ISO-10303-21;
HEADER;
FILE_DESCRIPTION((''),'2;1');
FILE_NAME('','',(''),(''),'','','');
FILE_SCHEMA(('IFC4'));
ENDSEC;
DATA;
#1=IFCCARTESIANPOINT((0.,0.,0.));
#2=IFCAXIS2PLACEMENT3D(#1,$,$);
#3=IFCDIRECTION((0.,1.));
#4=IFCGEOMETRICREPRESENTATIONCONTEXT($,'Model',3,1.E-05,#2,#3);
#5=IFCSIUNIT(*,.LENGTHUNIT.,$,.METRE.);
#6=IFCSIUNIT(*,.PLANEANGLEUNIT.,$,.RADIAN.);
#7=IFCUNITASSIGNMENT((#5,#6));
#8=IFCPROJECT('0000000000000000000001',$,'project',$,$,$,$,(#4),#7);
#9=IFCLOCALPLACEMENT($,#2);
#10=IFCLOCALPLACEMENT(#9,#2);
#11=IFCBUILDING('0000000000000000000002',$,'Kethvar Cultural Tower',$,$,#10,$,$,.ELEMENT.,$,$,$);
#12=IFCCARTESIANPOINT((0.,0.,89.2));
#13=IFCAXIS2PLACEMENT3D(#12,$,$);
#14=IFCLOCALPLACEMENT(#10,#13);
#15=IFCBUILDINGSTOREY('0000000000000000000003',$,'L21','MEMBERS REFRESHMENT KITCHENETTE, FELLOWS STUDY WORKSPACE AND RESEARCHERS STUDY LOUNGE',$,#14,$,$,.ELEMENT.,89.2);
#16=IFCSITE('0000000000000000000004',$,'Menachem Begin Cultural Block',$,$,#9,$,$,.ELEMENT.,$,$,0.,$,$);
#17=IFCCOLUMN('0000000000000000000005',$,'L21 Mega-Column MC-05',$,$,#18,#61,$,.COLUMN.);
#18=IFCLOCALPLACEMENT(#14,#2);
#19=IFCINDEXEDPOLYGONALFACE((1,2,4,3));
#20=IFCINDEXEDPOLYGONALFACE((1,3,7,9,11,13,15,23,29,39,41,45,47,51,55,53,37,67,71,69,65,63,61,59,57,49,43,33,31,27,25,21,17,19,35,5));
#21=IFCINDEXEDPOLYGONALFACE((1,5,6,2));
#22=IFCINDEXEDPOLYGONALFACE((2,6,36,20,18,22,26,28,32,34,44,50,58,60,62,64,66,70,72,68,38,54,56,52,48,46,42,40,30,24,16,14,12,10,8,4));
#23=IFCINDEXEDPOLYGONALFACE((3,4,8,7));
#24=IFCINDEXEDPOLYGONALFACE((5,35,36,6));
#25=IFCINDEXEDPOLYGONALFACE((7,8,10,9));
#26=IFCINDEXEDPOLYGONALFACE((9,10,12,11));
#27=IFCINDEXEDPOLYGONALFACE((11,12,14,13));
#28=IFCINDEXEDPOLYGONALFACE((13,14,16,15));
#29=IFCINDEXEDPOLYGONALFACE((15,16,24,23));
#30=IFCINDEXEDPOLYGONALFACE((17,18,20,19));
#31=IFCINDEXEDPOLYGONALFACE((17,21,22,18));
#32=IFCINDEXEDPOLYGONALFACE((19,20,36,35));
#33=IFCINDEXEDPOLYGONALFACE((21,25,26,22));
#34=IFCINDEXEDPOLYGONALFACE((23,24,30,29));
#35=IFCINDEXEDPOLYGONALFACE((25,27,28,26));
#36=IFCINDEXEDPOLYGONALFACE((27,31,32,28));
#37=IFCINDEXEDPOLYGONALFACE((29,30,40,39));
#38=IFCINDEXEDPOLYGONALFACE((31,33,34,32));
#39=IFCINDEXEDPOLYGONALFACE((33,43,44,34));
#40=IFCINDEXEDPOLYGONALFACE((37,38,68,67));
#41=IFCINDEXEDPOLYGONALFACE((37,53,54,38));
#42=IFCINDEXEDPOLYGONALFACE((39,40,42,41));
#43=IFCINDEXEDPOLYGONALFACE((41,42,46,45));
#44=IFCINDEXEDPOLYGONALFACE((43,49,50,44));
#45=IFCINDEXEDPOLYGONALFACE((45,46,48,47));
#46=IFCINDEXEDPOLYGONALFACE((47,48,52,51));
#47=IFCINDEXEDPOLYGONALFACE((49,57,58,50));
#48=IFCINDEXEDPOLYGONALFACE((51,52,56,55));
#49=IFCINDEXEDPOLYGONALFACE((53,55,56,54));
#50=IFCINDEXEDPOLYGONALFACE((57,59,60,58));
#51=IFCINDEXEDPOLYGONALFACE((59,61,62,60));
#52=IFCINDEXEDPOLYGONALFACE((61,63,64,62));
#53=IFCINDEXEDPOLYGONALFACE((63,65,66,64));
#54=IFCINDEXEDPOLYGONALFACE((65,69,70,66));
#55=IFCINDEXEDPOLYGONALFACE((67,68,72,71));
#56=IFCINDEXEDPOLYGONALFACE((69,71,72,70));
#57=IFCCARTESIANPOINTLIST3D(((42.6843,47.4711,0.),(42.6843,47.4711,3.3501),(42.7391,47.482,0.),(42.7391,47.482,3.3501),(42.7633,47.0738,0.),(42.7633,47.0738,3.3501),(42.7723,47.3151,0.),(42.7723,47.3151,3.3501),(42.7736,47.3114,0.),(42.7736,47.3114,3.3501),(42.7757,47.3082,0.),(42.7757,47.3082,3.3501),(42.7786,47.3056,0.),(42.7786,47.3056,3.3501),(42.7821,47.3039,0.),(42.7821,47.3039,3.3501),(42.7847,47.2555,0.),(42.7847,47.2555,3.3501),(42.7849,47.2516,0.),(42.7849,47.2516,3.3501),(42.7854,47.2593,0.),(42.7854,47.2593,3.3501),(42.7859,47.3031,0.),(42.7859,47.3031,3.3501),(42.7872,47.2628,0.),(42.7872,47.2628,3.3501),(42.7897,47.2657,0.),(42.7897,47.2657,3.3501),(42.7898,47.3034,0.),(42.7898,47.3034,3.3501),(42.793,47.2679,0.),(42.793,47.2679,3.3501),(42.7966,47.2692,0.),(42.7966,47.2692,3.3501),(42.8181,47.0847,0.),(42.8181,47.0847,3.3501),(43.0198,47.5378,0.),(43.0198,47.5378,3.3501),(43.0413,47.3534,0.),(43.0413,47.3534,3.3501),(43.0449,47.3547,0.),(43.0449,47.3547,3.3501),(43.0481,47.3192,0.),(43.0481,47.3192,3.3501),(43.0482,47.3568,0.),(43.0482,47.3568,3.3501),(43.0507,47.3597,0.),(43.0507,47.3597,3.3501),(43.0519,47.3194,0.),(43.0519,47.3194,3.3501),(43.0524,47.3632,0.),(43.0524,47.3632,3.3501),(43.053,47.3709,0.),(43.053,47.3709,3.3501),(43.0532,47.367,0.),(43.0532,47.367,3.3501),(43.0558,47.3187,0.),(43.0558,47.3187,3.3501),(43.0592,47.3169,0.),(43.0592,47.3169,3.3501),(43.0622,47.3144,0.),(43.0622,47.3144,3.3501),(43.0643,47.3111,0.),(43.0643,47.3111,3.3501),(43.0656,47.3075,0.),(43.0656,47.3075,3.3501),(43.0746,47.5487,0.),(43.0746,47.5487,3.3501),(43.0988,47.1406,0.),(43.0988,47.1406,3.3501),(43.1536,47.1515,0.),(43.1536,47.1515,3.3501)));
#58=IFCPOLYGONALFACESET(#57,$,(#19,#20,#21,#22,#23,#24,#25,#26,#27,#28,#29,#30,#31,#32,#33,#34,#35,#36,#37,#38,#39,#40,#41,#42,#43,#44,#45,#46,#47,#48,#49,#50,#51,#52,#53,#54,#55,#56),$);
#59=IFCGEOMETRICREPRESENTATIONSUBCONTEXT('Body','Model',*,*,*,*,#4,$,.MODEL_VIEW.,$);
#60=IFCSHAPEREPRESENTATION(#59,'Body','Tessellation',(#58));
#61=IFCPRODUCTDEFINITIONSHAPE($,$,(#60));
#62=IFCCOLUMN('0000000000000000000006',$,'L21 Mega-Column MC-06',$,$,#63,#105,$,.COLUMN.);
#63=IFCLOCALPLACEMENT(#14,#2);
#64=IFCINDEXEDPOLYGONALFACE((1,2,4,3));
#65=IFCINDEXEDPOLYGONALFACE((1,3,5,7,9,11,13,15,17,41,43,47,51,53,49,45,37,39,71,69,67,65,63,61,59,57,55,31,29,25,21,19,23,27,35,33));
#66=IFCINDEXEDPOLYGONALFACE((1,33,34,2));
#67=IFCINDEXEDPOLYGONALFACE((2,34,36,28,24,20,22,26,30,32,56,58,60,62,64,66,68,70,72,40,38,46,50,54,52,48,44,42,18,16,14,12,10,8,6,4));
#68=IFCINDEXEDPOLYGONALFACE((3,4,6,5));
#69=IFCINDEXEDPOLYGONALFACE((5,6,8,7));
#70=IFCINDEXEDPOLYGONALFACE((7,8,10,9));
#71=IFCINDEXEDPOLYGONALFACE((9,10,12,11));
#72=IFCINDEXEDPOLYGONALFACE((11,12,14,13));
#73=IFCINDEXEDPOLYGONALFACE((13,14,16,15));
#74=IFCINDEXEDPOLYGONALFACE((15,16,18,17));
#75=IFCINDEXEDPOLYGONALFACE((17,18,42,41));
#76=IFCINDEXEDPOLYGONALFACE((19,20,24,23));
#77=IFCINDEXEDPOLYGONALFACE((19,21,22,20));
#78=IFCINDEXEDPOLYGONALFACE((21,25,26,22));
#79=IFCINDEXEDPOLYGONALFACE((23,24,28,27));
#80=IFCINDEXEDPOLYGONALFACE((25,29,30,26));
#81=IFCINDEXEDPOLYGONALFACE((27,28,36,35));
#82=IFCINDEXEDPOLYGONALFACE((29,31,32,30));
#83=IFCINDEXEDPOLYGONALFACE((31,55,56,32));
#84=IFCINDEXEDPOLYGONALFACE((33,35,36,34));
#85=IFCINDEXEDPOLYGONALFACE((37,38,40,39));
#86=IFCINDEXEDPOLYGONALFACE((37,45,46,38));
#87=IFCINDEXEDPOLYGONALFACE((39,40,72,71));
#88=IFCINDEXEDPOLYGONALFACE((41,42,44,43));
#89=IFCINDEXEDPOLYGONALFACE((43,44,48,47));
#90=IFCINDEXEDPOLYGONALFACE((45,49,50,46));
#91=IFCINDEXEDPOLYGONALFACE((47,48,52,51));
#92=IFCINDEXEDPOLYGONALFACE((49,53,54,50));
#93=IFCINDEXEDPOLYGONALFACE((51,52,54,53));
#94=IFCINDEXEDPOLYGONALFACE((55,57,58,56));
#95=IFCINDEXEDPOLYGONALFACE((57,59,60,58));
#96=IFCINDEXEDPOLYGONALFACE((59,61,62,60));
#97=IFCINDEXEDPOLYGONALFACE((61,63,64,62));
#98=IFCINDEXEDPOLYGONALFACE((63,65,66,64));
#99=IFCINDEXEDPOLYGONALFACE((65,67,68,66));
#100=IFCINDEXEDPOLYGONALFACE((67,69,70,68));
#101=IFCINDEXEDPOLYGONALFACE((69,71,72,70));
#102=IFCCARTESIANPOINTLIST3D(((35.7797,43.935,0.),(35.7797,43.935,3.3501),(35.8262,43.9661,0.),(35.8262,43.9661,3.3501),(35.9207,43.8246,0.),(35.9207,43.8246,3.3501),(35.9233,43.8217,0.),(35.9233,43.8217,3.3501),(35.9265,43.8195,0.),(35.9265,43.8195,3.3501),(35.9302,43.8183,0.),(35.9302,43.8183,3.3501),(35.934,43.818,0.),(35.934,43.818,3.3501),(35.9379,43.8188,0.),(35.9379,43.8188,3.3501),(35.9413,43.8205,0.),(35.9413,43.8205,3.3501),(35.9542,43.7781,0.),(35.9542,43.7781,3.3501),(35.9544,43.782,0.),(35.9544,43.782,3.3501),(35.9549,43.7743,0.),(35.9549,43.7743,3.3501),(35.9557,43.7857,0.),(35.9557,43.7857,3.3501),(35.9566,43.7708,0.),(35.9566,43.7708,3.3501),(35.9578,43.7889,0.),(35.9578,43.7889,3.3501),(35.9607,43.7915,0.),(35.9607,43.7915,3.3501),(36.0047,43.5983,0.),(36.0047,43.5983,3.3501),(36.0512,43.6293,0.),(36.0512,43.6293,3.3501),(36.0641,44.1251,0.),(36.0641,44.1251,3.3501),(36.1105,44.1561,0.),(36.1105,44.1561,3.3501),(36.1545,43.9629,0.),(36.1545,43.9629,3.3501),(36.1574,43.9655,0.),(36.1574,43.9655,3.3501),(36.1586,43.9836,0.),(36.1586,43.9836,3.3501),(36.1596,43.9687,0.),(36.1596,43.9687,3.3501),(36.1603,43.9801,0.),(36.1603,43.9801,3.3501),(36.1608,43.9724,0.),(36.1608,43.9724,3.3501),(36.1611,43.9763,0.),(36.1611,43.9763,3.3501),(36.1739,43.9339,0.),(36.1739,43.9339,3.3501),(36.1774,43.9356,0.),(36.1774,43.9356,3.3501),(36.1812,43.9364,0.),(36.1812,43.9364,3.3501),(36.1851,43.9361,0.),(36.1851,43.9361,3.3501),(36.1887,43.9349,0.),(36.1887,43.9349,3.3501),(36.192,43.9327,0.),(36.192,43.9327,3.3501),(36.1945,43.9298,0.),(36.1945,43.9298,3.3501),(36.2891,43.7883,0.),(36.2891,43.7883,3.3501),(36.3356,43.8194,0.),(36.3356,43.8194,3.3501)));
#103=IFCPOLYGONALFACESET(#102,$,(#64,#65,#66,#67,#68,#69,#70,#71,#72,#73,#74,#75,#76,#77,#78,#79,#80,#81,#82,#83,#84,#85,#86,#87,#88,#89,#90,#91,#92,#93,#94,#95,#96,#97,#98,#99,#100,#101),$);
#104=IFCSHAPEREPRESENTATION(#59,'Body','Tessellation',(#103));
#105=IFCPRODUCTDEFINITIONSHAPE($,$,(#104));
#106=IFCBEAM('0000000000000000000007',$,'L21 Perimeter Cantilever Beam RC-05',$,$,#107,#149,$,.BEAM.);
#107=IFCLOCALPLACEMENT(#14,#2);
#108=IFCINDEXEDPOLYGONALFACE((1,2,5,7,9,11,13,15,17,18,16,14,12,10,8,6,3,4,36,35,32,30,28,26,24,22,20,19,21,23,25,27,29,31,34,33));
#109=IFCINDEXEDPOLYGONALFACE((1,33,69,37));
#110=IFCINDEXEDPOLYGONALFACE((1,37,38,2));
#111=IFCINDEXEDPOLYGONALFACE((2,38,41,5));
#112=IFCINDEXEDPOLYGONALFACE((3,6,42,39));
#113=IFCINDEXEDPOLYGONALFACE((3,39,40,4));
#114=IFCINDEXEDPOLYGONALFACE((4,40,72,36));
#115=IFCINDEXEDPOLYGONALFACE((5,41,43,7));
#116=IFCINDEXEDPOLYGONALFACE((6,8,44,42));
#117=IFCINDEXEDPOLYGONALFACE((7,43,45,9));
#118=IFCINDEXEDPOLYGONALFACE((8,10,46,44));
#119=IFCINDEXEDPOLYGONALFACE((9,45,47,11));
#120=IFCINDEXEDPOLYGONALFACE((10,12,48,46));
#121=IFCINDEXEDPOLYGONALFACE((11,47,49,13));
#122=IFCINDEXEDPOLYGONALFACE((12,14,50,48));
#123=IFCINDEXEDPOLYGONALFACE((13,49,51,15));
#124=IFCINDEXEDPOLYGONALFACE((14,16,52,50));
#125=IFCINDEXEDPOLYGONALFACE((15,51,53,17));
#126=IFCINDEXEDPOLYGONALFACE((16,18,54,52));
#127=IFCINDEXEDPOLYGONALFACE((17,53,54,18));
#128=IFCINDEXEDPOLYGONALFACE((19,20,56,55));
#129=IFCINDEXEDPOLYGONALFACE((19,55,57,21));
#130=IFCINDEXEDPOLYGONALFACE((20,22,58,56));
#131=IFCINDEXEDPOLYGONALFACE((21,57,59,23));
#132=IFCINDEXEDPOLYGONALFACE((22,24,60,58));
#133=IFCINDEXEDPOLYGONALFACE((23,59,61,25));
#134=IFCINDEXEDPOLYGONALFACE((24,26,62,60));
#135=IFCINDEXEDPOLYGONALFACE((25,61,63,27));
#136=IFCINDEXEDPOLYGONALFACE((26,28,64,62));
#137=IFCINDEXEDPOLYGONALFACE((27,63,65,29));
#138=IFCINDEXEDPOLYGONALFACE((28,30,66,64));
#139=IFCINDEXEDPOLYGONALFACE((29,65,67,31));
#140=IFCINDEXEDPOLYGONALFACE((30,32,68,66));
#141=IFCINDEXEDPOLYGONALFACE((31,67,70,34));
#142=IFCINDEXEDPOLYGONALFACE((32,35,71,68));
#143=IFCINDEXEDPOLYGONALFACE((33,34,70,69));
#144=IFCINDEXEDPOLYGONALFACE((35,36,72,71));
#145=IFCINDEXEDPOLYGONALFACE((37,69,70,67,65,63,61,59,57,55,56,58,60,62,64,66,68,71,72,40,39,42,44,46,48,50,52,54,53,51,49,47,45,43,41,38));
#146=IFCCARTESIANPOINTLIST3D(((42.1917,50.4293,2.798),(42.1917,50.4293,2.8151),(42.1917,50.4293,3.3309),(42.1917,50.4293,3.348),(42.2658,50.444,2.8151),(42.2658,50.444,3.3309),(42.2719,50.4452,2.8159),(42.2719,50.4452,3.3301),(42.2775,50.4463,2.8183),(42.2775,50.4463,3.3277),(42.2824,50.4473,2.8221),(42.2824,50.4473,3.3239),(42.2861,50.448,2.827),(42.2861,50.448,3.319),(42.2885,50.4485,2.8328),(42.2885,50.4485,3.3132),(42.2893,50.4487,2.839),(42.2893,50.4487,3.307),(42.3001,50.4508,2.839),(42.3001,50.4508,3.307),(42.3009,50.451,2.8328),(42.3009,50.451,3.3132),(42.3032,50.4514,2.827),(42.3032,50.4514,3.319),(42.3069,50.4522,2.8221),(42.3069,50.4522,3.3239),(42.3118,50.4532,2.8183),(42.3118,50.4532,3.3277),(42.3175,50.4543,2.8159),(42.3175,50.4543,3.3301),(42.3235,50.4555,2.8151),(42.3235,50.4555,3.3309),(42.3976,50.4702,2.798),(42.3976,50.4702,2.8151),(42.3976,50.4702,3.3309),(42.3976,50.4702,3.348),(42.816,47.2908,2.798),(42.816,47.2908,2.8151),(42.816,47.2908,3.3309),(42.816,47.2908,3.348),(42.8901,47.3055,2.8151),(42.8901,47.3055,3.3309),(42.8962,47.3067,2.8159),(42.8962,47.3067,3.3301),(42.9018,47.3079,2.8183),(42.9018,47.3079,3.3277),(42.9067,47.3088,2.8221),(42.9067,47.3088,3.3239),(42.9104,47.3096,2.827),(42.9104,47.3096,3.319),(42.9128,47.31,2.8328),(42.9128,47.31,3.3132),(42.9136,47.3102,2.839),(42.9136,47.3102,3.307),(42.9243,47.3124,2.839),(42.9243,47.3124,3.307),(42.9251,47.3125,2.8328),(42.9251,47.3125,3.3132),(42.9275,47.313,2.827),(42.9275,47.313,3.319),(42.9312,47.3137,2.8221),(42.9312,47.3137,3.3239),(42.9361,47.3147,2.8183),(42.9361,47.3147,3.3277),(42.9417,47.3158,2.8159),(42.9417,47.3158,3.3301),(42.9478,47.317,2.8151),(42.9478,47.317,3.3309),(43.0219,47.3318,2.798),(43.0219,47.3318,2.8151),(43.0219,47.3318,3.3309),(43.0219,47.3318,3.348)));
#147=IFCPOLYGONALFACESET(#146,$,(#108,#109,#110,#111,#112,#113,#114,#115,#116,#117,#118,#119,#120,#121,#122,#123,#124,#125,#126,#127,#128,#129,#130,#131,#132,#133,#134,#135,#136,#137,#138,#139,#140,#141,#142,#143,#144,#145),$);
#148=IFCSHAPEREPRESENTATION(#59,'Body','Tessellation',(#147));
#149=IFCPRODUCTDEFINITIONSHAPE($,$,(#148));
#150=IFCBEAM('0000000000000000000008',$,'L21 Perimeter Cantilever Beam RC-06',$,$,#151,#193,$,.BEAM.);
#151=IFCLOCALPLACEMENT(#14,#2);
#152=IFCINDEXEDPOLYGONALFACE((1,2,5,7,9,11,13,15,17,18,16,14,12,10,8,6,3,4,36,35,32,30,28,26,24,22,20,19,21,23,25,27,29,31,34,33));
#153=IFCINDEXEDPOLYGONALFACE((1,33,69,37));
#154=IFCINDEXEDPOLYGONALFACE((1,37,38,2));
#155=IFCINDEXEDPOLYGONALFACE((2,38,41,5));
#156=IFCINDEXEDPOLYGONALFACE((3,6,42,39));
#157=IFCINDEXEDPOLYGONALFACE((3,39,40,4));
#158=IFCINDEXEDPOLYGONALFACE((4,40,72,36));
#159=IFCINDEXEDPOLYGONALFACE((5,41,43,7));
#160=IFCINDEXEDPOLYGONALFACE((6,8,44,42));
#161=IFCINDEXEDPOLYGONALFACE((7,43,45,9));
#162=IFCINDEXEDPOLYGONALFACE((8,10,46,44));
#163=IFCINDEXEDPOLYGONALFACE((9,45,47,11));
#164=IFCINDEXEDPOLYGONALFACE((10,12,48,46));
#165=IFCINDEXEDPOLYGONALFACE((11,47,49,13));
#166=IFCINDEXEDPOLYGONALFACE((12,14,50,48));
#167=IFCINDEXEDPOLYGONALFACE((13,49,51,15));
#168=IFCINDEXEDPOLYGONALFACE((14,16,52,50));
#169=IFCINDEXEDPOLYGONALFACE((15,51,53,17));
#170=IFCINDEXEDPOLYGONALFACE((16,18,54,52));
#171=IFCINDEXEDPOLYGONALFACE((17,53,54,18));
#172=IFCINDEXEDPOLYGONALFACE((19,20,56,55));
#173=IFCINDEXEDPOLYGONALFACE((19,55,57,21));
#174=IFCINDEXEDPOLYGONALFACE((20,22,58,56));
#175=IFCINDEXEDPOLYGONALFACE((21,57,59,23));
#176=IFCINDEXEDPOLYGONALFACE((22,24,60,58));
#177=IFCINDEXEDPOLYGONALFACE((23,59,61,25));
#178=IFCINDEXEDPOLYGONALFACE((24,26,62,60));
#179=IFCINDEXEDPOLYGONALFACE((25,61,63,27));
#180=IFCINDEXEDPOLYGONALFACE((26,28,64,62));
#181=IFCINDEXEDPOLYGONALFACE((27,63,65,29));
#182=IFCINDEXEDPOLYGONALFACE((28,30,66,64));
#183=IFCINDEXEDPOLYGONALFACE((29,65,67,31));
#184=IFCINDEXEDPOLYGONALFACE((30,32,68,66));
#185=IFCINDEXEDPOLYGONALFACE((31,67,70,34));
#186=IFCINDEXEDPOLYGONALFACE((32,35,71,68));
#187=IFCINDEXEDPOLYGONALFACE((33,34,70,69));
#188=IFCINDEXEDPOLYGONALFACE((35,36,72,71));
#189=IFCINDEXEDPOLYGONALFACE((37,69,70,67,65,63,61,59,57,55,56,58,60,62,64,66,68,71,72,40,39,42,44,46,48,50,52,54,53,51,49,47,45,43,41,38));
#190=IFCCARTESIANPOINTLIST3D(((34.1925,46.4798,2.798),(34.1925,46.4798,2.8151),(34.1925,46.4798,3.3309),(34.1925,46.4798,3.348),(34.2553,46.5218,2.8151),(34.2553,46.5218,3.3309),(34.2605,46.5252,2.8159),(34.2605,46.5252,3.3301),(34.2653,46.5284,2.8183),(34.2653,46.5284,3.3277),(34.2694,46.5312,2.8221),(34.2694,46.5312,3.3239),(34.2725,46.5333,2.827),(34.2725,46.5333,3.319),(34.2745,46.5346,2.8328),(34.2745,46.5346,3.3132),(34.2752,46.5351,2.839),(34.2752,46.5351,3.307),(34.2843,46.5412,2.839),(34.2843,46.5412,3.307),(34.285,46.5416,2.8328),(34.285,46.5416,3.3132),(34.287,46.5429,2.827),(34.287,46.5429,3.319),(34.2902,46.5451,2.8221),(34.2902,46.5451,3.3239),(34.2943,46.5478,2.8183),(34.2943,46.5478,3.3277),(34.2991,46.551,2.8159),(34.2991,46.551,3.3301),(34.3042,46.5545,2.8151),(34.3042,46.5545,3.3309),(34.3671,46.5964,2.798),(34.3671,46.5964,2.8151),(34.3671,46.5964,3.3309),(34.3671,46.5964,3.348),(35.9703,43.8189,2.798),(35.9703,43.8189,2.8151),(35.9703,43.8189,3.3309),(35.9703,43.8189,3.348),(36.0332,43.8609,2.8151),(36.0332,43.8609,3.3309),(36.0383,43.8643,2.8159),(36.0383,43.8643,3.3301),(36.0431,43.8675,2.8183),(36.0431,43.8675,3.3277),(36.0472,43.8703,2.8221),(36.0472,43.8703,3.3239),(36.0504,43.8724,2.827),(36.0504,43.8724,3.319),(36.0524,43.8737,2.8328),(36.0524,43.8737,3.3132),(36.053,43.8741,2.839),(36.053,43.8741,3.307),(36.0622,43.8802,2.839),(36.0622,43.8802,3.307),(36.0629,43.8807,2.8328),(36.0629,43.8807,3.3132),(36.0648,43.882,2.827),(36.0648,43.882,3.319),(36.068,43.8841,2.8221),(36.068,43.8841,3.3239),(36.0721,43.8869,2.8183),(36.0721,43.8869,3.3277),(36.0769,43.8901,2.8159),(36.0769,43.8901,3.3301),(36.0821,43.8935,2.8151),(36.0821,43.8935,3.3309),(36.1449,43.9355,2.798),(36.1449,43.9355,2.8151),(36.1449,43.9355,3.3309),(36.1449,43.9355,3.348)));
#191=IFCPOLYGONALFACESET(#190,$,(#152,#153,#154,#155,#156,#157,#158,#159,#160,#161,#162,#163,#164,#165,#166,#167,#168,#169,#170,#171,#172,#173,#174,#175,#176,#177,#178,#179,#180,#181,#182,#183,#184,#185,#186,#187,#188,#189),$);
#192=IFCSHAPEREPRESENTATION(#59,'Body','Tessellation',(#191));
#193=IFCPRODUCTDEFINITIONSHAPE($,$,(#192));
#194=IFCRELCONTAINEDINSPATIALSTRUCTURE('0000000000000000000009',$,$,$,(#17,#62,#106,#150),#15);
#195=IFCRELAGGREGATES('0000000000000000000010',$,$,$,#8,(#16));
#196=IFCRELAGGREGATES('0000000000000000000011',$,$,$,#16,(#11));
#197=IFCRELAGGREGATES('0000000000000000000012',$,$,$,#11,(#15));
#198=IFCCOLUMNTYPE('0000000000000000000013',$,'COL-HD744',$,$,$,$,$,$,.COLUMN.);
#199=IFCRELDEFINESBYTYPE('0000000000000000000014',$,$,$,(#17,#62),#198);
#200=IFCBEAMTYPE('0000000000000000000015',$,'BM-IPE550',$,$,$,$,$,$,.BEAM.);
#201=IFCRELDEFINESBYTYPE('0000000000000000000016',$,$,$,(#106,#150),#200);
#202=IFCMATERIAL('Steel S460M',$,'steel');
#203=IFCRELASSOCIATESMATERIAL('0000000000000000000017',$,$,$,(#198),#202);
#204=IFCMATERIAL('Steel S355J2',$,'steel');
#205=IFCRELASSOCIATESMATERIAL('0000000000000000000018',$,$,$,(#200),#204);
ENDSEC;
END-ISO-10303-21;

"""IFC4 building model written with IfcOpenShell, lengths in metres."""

from ifc_helpers import new_model, si_unit, direction, frame, origin, origin_2d, place, context, subcontext, project, spatial, i_section, extrude, source, transform, mapped, material, material_profile, profile_set, type_object, element, save


model = new_model("IFC4")

# Units and contexts
model_context = context("Model", 3, precision=1e-05, world=origin(), true_north=direction((0.0, 1.0)))
body_context = subcontext(model_context, "Body", "Model", "MODEL_VIEW")
ifc_project = project(units=[si_unit("LENGTHUNIT", "METRE"), si_unit("PLANEANGLEUNIT", "RADIAN")], contexts=[model_context])

# Site, building, storey
site_placement = place(None, origin())
site = spatial("IfcSite", under=ifc_project, at=site_placement, Name="Menachem Begin Cultural Block", CompositionType="ELEMENT", RefElevation=0.0)
building_placement = place(site_placement, origin())
building = spatial("IfcBuilding", under=site, at=building_placement, Name="Kethvar Cultural Tower", CompositionType="ELEMENT")
storey_placement = place(building_placement, frame((0.0, 0.0, 89.2)))
storey = spatial("IfcBuildingStorey", under=building, at=storey_placement, Name="L21", Description="MEMBERS REFRESHMENT KITCHENETTE, FELLOWS STUDY WORKSPACE AND RESEARCHERS STUDY LOUNGE", CompositionType="ELEMENT", Elevation=89.2)

# Columns
ifc_material_1 = material(Name="Steel S460M", Category="steel")
ifc_material_profile_1 = material_profile(ifc_material_1, i_section(OverallWidth=0.405, OverallDepth=0.3979, WebThickness=0.0349, FlangeThickness=0.0559, FilletRadius=0.0149, at=origin_2d()), Name="Steel S460M — HD400x744")
ifc_profile_set_1 = profile_set([ifc_material_profile_1], Name="Steel S460M — HD400x744")
column_type = type_object("IfcColumnType", Name="COL-HD744", PredefinedType="COLUMN", material=ifc_profile_set_1)
shared_shape_1 = source(origin(), body_context, "Body", "SweptSolid", [
    extrude(i_section(OverallWidth=0.405, OverallDepth=0.3979, WebThickness=0.0349, FlangeThickness=0.0559, FilletRadius=0.0149, at=origin_2d()), origin(), (0.0, 0.0, 1.0), 3.3501),
])
for number, where, z_axis, x_axis, name in (
    (1, (42.9189, 47.3113, 0.0), (0.0, 0.0, 1.0), (-0.19509, 0.980785, 0.0), "L21 Mega-Column MC-05"),
    (2, (36.0576, 43.8772, 0.0), (0.0, 0.0, 1.0), (-0.55557, 0.83147, 0.0), "L21 Mega-Column MC-06"),
):
    element("IfcColumn", number, at=place(storey_placement, frame(where, z_axis=z_axis, x_axis=x_axis)), inside=storey, type_object=column_type, Name=name, PredefinedType="COLUMN", context=body_context, shape_type="MappedRepresentation", body=[
        mapped(shared_shape_1, transform((0.0, 0.0, 0.0), scale=1.0)),
    ])

# Beams
ifc_material_2 = material(Name="Steel S355J2", Category="steel")
ifc_material_profile_2 = material_profile(ifc_material_2, i_section(OverallWidth=0.21, OverallDepth=0.55, WebThickness=0.011, FlangeThickness=0.0171, FilletRadius=0.0239, at=origin_2d()), Name="Steel S355J2 — IPE550")
ifc_profile_set_2 = profile_set([ifc_material_profile_2], Name="Steel S355J2 — IPE550")
beam_type_1 = type_object("IfcBeamType", Name="BM-IPE550", PredefinedType="BEAM", material=ifc_profile_set_2)
shared_shape_2 = source(origin(), body_context, "Body", "SweptSolid", [
    extrude(i_section(OverallWidth=0.21, OverallDepth=0.55, WebThickness=0.011, FlangeThickness=0.0171, FilletRadius=0.0239, at=origin_2d()), origin(), (0.0, 0.0, 1.0), 3.2),
])
beam_1_placement = place(storey_placement, frame((42.9189, 47.3113, 3.073), z_axis=(-0.195089, 0.980786, 0.0), x_axis=(-0.980786, -0.195089, 0.0)))
element("IfcBeam", 3, at=beam_1_placement, inside=storey, type_object=beam_type_1, Name="L21 Perimeter Cantilever Beam RC-05", PredefinedType="BEAM", context=body_context, shape_type="MappedRepresentation", body=[
    mapped(shared_shape_2, transform((0.0, 0.0, 0.0), scale=1.0)),
])
shared_shape_3 = source(origin(), body_context, "Body", "SweptSolid", [
    extrude(i_section(OverallWidth=0.21, OverallDepth=0.55, WebThickness=0.011, FlangeThickness=0.0171, FilletRadius=0.0239, at=origin_2d()), origin(), (0.0, 0.0, 1.0), 3.2002),
])
beam_2_placement = place(storey_placement, frame((36.0576, 43.8772, 3.073), z_axis=(-0.555545, 0.831486, 0.0), x_axis=(-0.831486, -0.555545, 0.0)))
element("IfcBeam", 4, at=beam_2_placement, inside=storey, type_object=beam_type_1, Name="L21 Perimeter Cantilever Beam RC-06", PredefinedType="BEAM", context=body_context, shape_type="MappedRepresentation", body=[
    mapped(shared_shape_3, transform((0.0, 0.0, 0.0), scale=1.0)),
])

save(model, "model.ifc")
